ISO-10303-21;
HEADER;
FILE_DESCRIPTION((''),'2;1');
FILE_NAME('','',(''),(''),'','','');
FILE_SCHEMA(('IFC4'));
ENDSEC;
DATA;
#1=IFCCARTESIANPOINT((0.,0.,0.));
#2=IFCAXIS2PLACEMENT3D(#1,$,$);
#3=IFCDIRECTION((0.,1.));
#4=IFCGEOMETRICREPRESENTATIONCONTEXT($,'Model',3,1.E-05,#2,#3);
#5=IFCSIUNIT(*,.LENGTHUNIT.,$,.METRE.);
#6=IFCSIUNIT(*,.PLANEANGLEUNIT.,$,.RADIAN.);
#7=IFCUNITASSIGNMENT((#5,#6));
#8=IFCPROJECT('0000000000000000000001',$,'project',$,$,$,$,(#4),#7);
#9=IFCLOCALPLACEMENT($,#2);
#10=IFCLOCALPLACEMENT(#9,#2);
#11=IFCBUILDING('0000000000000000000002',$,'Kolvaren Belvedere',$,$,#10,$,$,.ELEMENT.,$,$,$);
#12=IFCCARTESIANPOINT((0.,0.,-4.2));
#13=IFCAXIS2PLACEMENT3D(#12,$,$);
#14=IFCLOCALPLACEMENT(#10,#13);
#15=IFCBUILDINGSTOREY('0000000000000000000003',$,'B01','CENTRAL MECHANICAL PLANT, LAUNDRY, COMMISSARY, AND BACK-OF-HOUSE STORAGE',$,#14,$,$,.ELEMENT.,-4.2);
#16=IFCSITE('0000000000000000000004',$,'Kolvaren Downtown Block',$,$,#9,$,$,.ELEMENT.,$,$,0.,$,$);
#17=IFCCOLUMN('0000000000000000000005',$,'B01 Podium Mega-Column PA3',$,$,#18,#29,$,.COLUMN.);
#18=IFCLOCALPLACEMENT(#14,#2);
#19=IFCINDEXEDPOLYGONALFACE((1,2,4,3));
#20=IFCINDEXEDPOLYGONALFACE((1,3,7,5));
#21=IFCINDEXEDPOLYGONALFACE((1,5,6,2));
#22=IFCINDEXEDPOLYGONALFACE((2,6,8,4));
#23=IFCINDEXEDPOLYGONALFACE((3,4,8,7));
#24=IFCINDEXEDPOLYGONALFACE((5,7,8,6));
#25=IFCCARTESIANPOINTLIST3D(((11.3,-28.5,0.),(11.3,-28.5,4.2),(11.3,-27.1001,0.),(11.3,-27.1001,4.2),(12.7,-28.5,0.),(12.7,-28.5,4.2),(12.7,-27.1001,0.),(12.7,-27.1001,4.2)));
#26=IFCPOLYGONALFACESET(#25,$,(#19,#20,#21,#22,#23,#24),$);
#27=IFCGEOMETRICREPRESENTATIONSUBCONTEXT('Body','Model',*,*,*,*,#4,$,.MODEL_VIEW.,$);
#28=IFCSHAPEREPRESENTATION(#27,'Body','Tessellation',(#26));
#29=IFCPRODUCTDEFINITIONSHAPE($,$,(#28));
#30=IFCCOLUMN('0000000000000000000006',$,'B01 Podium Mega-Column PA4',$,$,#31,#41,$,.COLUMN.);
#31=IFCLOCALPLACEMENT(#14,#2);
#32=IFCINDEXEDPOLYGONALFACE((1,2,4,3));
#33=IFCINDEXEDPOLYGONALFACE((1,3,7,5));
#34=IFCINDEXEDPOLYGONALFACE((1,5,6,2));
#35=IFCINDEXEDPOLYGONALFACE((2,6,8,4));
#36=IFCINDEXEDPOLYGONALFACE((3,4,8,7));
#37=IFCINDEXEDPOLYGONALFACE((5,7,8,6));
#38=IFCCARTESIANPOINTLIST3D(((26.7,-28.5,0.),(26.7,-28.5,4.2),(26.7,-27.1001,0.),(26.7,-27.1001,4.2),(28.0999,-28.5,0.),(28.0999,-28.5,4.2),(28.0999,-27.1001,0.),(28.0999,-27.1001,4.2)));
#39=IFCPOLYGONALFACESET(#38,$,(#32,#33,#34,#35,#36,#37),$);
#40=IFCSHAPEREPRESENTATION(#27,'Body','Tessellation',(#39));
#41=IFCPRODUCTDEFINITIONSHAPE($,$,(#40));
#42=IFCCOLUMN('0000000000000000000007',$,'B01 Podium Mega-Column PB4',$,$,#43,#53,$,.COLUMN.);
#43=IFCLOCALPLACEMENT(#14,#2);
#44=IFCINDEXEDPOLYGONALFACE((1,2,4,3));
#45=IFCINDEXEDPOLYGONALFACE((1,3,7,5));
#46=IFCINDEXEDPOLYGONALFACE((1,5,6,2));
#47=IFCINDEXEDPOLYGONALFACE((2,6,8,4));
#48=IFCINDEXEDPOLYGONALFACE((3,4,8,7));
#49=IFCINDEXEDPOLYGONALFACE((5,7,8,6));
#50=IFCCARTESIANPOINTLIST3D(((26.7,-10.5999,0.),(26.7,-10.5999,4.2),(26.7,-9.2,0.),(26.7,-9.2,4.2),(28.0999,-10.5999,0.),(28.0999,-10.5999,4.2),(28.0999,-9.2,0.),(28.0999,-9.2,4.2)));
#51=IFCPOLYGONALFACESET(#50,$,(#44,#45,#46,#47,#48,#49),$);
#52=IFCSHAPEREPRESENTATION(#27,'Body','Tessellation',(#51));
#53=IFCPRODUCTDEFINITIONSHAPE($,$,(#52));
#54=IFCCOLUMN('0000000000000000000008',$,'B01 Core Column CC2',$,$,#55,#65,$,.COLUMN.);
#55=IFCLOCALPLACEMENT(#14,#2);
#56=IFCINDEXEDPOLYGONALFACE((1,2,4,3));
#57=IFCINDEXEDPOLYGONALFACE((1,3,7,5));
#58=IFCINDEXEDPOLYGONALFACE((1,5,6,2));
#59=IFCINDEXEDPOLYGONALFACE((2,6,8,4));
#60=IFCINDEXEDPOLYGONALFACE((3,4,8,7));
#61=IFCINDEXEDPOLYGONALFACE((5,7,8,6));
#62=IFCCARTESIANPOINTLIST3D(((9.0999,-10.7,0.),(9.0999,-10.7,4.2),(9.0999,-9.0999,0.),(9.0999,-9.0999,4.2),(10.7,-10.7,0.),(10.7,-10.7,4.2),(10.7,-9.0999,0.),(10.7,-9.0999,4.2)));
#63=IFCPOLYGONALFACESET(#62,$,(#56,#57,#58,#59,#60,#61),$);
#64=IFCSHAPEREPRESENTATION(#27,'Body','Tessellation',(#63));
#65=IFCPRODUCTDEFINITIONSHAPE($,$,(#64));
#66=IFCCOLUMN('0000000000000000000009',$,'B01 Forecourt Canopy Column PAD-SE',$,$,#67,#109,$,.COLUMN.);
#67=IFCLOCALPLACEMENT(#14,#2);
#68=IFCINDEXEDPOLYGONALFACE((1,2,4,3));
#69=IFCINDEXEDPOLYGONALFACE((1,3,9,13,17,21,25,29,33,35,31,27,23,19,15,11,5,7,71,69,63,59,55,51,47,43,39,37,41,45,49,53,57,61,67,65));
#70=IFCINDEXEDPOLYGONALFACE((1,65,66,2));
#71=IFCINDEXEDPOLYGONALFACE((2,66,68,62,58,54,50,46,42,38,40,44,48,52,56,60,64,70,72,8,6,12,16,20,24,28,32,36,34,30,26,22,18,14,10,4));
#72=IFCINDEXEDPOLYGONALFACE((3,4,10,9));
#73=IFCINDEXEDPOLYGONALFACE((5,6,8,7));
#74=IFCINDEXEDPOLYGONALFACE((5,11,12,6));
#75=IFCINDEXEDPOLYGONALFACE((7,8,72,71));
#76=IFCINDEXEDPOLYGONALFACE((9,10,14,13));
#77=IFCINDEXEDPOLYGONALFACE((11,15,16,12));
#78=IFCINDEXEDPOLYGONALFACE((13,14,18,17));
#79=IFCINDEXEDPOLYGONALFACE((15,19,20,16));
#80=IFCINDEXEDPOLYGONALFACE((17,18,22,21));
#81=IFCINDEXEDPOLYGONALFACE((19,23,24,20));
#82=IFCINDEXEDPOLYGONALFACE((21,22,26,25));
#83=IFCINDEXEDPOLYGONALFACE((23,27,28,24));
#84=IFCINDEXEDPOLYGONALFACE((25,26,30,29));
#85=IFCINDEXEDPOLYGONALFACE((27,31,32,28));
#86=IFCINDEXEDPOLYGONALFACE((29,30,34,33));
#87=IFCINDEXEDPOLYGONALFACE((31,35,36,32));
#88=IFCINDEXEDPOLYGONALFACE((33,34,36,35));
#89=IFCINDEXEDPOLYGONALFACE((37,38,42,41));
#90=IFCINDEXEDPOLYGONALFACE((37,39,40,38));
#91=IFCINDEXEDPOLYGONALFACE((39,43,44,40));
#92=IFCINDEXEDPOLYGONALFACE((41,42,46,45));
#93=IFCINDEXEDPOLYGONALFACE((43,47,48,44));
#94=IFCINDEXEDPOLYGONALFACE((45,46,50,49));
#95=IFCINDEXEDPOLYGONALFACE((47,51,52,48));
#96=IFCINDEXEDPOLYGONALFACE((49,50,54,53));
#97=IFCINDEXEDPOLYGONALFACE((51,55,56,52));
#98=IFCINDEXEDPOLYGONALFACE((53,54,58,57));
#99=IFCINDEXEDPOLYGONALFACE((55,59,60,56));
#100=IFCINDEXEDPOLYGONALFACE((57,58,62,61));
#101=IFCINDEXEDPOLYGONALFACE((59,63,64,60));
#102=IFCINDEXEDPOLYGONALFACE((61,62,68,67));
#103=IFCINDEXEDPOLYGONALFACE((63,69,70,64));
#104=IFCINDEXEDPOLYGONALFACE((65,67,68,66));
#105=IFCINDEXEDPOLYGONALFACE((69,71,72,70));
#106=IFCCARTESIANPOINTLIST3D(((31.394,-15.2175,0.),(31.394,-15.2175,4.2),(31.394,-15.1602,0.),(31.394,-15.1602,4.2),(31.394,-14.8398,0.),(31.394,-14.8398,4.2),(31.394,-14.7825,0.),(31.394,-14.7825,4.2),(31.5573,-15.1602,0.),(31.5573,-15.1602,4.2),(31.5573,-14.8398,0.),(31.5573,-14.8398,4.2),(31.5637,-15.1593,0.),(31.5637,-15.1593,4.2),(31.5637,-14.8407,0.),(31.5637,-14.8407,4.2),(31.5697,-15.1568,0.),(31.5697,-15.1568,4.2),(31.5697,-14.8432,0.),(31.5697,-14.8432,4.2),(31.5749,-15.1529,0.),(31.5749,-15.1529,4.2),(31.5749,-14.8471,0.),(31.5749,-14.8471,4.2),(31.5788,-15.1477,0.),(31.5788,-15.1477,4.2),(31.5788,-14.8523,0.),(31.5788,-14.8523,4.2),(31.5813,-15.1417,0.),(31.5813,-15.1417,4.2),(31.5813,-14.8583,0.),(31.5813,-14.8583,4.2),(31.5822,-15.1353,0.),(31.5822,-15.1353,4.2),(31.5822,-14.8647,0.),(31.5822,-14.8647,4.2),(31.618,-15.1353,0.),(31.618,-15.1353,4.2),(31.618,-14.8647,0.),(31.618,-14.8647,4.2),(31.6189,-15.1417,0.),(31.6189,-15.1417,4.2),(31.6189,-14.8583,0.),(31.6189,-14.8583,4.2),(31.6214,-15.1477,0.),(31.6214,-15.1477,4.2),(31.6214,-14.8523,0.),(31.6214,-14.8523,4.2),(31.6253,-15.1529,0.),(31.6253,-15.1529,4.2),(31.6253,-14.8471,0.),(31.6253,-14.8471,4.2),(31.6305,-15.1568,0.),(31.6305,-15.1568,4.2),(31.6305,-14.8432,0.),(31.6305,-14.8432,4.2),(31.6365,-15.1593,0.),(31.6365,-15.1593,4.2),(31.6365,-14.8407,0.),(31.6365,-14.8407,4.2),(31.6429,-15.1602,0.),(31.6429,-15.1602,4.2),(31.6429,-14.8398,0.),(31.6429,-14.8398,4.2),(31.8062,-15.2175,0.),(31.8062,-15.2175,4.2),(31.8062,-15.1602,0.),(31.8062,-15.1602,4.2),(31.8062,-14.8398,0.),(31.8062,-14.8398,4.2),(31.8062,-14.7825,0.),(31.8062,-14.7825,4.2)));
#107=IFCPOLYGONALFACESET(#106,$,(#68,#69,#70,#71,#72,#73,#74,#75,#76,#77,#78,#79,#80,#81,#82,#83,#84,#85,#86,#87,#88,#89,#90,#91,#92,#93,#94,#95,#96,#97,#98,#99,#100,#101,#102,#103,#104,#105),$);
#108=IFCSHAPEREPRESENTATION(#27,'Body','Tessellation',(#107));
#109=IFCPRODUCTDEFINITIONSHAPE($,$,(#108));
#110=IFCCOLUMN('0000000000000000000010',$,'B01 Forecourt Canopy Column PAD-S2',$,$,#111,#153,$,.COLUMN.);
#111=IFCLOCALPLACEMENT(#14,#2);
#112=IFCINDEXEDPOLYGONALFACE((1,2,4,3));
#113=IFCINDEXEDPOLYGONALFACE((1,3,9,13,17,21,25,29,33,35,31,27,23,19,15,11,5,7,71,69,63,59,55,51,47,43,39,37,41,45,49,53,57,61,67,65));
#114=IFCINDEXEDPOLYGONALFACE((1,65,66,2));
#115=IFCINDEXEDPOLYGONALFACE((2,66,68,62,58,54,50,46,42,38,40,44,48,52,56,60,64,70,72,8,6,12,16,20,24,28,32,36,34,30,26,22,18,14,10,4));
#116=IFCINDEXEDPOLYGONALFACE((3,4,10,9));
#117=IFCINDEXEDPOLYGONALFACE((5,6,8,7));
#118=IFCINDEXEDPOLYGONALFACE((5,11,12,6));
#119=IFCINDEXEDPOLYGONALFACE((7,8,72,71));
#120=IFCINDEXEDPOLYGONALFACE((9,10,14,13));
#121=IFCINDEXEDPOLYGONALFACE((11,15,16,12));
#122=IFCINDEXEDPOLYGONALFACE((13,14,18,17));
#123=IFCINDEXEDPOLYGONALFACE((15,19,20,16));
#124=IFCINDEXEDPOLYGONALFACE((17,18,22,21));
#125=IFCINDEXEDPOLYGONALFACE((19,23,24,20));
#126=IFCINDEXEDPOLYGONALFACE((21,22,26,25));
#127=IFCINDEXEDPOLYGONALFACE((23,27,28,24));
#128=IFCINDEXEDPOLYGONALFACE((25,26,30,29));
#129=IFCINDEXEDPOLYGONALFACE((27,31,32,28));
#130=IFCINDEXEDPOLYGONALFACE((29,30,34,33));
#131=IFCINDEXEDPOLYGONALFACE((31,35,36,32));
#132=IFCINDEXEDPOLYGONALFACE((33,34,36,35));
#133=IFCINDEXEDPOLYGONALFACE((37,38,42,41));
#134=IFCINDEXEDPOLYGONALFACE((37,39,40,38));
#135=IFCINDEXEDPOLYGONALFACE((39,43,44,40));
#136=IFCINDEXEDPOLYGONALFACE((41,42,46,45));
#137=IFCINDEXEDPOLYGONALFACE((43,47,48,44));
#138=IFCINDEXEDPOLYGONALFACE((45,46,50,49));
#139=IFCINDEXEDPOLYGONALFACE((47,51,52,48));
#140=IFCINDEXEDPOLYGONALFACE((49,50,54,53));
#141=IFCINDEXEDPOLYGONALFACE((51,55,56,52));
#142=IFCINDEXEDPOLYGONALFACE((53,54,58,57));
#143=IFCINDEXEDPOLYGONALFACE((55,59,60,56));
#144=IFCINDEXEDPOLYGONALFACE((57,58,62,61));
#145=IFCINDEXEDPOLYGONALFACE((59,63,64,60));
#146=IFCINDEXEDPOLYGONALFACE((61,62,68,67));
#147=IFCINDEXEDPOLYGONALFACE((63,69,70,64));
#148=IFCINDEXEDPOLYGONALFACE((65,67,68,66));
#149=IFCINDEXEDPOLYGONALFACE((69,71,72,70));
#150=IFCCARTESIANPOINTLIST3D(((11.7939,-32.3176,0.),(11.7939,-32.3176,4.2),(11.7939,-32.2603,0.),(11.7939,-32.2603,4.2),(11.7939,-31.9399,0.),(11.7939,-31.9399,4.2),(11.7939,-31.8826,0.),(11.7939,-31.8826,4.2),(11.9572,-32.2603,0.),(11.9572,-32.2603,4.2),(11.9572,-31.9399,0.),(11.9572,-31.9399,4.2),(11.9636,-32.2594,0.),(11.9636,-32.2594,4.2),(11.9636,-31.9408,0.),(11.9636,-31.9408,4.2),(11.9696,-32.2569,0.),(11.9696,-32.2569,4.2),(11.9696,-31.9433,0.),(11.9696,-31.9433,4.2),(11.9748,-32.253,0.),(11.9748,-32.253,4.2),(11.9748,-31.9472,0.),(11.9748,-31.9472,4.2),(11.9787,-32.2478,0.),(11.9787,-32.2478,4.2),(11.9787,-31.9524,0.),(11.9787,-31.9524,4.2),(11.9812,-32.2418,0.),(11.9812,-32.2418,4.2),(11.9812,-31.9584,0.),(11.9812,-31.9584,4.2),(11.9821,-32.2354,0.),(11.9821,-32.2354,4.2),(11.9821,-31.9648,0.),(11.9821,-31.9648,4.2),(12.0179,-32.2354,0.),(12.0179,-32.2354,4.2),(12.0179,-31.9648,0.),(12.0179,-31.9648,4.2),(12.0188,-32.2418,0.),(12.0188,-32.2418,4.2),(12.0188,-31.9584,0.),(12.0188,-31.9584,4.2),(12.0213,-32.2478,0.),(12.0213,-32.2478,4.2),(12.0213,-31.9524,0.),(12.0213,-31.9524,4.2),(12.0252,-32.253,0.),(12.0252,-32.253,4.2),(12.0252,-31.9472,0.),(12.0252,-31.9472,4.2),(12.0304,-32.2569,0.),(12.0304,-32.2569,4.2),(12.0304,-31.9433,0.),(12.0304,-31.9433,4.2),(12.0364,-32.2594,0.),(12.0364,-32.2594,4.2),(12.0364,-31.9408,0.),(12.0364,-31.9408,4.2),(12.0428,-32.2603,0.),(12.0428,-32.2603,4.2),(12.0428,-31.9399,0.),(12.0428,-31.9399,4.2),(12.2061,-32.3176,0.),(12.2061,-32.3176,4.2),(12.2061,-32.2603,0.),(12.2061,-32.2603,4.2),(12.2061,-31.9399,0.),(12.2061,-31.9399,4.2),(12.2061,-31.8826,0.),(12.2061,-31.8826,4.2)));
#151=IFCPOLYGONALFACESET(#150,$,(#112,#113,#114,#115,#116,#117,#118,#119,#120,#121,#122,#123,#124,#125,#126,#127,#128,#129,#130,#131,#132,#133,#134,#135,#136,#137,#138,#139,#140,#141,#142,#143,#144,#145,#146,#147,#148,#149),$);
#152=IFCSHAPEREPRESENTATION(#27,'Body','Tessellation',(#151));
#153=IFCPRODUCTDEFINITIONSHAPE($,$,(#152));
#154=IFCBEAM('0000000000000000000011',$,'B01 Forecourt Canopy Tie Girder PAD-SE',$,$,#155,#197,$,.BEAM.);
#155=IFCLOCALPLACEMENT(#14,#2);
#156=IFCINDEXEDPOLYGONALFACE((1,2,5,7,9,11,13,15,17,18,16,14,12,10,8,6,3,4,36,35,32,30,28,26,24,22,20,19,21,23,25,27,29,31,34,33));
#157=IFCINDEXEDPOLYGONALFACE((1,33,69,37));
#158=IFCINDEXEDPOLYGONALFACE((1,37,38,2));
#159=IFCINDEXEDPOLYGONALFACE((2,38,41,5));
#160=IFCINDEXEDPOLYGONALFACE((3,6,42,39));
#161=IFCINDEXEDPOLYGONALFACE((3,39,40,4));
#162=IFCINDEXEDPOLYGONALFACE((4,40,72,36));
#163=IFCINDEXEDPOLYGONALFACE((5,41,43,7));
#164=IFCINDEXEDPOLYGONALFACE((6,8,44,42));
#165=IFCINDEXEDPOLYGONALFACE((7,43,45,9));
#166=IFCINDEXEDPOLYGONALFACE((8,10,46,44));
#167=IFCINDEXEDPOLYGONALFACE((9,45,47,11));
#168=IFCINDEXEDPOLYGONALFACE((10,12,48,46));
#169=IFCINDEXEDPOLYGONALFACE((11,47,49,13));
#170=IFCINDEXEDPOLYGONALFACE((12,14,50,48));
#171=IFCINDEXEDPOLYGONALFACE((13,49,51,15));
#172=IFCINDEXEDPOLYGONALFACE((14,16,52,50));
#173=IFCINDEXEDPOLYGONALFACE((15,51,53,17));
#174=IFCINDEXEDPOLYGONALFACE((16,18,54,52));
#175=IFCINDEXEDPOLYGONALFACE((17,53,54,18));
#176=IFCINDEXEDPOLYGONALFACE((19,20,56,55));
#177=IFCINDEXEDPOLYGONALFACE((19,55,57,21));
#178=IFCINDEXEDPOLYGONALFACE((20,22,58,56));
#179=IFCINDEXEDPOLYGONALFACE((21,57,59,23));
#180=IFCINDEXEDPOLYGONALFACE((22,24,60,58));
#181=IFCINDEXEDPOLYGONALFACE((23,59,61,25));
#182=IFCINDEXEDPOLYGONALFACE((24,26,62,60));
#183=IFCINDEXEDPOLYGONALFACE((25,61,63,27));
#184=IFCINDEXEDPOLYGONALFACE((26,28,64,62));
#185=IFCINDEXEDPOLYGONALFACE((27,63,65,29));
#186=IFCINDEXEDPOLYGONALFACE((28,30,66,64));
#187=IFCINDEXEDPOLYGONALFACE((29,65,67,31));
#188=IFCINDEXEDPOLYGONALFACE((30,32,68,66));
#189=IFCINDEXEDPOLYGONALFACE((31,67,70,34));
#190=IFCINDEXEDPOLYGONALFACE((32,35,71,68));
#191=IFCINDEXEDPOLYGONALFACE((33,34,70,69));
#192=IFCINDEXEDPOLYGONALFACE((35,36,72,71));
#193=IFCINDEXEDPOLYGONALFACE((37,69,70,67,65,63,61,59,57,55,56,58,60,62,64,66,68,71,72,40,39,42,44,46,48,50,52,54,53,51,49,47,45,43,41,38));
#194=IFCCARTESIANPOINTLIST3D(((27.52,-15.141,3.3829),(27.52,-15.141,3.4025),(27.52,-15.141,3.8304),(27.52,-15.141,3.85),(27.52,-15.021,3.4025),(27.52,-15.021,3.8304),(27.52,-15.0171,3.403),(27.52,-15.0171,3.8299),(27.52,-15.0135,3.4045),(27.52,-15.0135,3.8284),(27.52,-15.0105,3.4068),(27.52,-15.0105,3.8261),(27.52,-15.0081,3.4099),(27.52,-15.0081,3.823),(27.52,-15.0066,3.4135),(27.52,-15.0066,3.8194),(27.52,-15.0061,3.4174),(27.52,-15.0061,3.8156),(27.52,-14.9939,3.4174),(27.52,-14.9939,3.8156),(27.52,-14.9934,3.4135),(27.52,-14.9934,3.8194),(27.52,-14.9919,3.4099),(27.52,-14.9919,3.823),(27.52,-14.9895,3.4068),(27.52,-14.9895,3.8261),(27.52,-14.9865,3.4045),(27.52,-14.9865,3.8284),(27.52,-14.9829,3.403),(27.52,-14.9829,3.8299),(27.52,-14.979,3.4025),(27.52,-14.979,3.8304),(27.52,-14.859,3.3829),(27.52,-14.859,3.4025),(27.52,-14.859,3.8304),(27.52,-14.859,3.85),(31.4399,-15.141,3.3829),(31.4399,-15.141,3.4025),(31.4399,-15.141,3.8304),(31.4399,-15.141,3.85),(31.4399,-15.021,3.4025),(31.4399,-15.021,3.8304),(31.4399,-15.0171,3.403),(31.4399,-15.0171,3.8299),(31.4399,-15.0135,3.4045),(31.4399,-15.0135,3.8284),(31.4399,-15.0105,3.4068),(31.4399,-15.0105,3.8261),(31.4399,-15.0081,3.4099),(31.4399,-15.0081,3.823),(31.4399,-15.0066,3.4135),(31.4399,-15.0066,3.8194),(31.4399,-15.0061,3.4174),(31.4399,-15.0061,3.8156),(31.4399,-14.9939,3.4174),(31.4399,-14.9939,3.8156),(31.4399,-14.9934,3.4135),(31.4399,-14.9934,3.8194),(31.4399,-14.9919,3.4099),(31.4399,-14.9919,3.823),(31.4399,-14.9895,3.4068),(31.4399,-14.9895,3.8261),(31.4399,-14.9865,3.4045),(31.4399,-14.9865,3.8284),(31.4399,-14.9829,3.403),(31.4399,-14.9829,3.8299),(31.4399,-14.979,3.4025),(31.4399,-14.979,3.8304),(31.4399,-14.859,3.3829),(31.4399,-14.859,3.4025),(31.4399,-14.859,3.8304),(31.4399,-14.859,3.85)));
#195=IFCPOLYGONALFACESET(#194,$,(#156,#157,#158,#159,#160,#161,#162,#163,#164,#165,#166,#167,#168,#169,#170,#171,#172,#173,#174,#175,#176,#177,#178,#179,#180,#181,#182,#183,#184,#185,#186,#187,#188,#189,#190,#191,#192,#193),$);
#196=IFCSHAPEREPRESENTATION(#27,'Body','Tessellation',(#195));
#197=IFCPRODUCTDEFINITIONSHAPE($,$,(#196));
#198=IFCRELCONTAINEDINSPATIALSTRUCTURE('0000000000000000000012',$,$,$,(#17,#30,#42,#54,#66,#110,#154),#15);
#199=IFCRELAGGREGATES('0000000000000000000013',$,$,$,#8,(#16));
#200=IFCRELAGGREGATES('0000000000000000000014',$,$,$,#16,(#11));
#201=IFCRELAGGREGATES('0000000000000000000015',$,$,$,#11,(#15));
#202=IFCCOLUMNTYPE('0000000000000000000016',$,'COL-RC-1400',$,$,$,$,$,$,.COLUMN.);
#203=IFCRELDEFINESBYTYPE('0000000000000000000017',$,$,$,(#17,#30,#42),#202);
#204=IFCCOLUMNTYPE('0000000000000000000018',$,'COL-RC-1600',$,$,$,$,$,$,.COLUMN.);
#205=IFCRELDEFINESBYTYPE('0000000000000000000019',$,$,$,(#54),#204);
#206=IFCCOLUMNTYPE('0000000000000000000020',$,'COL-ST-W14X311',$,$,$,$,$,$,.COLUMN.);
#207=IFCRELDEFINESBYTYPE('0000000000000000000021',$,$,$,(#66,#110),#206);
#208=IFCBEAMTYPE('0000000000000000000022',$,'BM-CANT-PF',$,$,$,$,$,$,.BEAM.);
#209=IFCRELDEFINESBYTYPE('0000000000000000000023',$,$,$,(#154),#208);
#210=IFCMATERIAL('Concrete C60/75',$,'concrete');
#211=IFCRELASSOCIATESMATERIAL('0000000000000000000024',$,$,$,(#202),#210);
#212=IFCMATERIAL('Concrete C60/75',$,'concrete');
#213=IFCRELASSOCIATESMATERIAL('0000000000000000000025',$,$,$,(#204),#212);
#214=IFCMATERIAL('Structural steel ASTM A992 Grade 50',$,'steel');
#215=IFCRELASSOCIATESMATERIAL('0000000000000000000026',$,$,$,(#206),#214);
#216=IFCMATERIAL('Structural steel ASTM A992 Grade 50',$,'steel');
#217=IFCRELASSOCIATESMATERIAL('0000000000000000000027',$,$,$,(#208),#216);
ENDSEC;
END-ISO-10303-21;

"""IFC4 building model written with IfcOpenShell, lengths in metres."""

from ifc_helpers import new_model, si_unit, direction, frame, origin, origin_2d, place, context, subcontext, project, spatial, rectangle, i_section, extrude, material, material_profile, profile_set, type_object, element, save


model = new_model("IFC4")

# Units and contexts
model_context = context("Model", 3, precision=1e-05, world=origin(), true_north=direction((0.0, 1.0)))
body_context = subcontext(model_context, "Body", "Model", "MODEL_VIEW")
ifc_project = project(units=[si_unit("LENGTHUNIT", "METRE"), si_unit("PLANEANGLEUNIT", "RADIAN")], contexts=[model_context])

# Site, building, storey
site_placement = place(None, origin())
site = spatial("IfcSite", under=ifc_project, at=site_placement, Name="Kolvaren Downtown Block", CompositionType="ELEMENT", RefElevation=0.0)
building_placement = place(site_placement, origin())
building = spatial("IfcBuilding", under=site, at=building_placement, Name="Kolvaren Belvedere", CompositionType="ELEMENT")
storey_placement = place(building_placement, frame((0.0, 0.0, -4.2)))
storey = spatial("IfcBuildingStorey", under=building, at=storey_placement, Name="B01", Description="CENTRAL MECHANICAL PLANT, LAUNDRY, COMMISSARY, AND BACK-OF-HOUSE STORAGE", CompositionType="ELEMENT", Elevation=-4.2)

# Columns
ifc_material_1 = material(Name="Concrete C60/75", Category="concrete")
ifc_material_profile_1 = material_profile(ifc_material_1, rectangle(XDim=1.3999, YDim=1.3999, at=origin_2d()), Name="RC 1400X1400")
ifc_profile_set_1 = profile_set([ifc_material_profile_1], Name="Concrete C60/75")
column_type_1 = type_object("IfcColumnType", Name="COL-RC-1400", PredefinedType="COLUMN", material=ifc_profile_set_1)
for number, where, z_axis, x_axis, name in (
    (1, (12.0, -27.8, 0.0), (0.0, 0.0, 1.0), (1.0, 0.0, 0.0), "B01 Podium Mega-Column PA3"),
    (2, (27.3999, -27.8, 0.0), (0.0, 0.0, 1.0), (1.0, 0.0, 0.0), "B01 Podium Mega-Column PA4"),
    (3, (27.3999, -9.8999, 0.0), (0.0, 0.0, 1.0), (1.0, 0.0, 0.0), "B01 Podium Mega-Column PB4"),
):
    element("IfcColumn", number, at=place(storey_placement, frame(where, z_axis=z_axis, x_axis=x_axis)), inside=storey, type_object=column_type_1, Name=name, PredefinedType="COLUMN", context=body_context, shape_type="SweptSolid", body=[
        extrude(rectangle(XDim=1.3999, YDim=1.3999, at=origin_2d()), origin(), (0.0, 0.0, 1.0), 4.2),
    ])
ifc_material_2 = material(Name="Concrete C60/75", Category="concrete")
ifc_material_profile_2 = material_profile(ifc_material_2, rectangle(XDim=1.6001, YDim=1.6001, at=origin_2d()), Name="RC 1600X1600")
ifc_profile_set_2 = profile_set([ifc_material_profile_2], Name="Concrete C60/75")
column_type_2 = type_object("IfcColumnType", Name="COL-RC-1600", PredefinedType="COLUMN", material=ifc_profile_set_2)
column_placement = place(storey_placement, frame((9.8999, -9.8999, 0.0), z_axis=(0.0, 0.0, 1.0), x_axis=(1.0, 0.0, 0.0)))
element("IfcColumn", 4, at=column_placement, inside=storey, type_object=column_type_2, Name="B01 Core Column CC2", PredefinedType="COLUMN", context=body_context, shape_type="SweptSolid", body=[
    extrude(rectangle(XDim=1.6001, YDim=1.6001, at=origin_2d()), origin(), (0.0, 0.0, 1.0), 4.2),
])
ifc_material_3 = material(Name="Structural steel ASTM A992 Grade 50", Category="steel")
ifc_material_profile_3 = material_profile(ifc_material_3, i_section(OverallWidth=0.4121, OverallDepth=0.4351, WebThickness=0.0359, FlangeThickness=0.0574, FilletRadius=0.0249, at=origin_2d()), Name="W14X311")
ifc_profile_set_3 = profile_set([ifc_material_profile_3], Name="Structural steel ASTM A992 Grade 50")
column_type_3 = type_object("IfcColumnType", Name="COL-ST-W14X311", PredefinedType="COLUMN", material=ifc_profile_set_3)
for number, where, z_axis, x_axis, name in (
    (5, (31.6001, -15.0, 0.0), (0.0, 0.0, 1.0), (1.0, 0.0, 0.0), "B01 Forecourt Canopy Column PAD-SE"),
    (6, (12.0, -32.1001, 0.0), (0.0, 0.0, 1.0), (1.0, 0.0, 0.0), "B01 Forecourt Canopy Column PAD-S2"),
):
    element("IfcColumn", number, at=place(storey_placement, frame(where, z_axis=z_axis, x_axis=x_axis)), inside=storey, type_object=column_type_3, Name=name, PredefinedType="COLUMN", context=body_context, shape_type="SweptSolid", body=[
        extrude(i_section(OverallWidth=0.4121, OverallDepth=0.4351, WebThickness=0.0359, FlangeThickness=0.0574, FilletRadius=0.0249, at=origin_2d()), origin(), (0.0, 0.0, 1.0), 4.2),
    ])

# Beam
ifc_material_4 = material(Name="Structural steel ASTM A992 Grade 50", Category="steel")
ifc_material_profile_4 = material_profile(ifc_material_4, i_section(OverallWidth=0.282, OverallDepth=0.467, WebThickness=0.0122, FlangeThickness=0.0195, FilletRadius=0.0149, at=origin_2d()), Name="W18X86")
ifc_profile_set_4 = profile_set([ifc_material_profile_4], Name="Structural steel ASTM A992 Grade 50")
beam_type_1 = type_object("IfcBeamType", Name="BM-CANT-PF", PredefinedType="BEAM", material=ifc_profile_set_4)
beam_1_placement = place(storey_placement, frame((31.4399, -15.0, 3.6165), z_axis=(-1.0, 0.0, 0.0), x_axis=(0.0, -1.0, 0.0)))
element("IfcBeam", 7, at=beam_1_placement, inside=storey, type_object=beam_type_1, Name="B01 Forecourt Canopy Tie Girder PAD-SE", PredefinedType="BEAM", context=body_context, shape_type="SweptSolid", body=[
    extrude(i_section(OverallWidth=0.282, OverallDepth=0.467, WebThickness=0.0122, FlangeThickness=0.0195, FilletRadius=0.0149, at=origin_2d()), origin(), (0.0, 0.0, 1.0), 3.9199),
])

save(model, "model.ifc")
